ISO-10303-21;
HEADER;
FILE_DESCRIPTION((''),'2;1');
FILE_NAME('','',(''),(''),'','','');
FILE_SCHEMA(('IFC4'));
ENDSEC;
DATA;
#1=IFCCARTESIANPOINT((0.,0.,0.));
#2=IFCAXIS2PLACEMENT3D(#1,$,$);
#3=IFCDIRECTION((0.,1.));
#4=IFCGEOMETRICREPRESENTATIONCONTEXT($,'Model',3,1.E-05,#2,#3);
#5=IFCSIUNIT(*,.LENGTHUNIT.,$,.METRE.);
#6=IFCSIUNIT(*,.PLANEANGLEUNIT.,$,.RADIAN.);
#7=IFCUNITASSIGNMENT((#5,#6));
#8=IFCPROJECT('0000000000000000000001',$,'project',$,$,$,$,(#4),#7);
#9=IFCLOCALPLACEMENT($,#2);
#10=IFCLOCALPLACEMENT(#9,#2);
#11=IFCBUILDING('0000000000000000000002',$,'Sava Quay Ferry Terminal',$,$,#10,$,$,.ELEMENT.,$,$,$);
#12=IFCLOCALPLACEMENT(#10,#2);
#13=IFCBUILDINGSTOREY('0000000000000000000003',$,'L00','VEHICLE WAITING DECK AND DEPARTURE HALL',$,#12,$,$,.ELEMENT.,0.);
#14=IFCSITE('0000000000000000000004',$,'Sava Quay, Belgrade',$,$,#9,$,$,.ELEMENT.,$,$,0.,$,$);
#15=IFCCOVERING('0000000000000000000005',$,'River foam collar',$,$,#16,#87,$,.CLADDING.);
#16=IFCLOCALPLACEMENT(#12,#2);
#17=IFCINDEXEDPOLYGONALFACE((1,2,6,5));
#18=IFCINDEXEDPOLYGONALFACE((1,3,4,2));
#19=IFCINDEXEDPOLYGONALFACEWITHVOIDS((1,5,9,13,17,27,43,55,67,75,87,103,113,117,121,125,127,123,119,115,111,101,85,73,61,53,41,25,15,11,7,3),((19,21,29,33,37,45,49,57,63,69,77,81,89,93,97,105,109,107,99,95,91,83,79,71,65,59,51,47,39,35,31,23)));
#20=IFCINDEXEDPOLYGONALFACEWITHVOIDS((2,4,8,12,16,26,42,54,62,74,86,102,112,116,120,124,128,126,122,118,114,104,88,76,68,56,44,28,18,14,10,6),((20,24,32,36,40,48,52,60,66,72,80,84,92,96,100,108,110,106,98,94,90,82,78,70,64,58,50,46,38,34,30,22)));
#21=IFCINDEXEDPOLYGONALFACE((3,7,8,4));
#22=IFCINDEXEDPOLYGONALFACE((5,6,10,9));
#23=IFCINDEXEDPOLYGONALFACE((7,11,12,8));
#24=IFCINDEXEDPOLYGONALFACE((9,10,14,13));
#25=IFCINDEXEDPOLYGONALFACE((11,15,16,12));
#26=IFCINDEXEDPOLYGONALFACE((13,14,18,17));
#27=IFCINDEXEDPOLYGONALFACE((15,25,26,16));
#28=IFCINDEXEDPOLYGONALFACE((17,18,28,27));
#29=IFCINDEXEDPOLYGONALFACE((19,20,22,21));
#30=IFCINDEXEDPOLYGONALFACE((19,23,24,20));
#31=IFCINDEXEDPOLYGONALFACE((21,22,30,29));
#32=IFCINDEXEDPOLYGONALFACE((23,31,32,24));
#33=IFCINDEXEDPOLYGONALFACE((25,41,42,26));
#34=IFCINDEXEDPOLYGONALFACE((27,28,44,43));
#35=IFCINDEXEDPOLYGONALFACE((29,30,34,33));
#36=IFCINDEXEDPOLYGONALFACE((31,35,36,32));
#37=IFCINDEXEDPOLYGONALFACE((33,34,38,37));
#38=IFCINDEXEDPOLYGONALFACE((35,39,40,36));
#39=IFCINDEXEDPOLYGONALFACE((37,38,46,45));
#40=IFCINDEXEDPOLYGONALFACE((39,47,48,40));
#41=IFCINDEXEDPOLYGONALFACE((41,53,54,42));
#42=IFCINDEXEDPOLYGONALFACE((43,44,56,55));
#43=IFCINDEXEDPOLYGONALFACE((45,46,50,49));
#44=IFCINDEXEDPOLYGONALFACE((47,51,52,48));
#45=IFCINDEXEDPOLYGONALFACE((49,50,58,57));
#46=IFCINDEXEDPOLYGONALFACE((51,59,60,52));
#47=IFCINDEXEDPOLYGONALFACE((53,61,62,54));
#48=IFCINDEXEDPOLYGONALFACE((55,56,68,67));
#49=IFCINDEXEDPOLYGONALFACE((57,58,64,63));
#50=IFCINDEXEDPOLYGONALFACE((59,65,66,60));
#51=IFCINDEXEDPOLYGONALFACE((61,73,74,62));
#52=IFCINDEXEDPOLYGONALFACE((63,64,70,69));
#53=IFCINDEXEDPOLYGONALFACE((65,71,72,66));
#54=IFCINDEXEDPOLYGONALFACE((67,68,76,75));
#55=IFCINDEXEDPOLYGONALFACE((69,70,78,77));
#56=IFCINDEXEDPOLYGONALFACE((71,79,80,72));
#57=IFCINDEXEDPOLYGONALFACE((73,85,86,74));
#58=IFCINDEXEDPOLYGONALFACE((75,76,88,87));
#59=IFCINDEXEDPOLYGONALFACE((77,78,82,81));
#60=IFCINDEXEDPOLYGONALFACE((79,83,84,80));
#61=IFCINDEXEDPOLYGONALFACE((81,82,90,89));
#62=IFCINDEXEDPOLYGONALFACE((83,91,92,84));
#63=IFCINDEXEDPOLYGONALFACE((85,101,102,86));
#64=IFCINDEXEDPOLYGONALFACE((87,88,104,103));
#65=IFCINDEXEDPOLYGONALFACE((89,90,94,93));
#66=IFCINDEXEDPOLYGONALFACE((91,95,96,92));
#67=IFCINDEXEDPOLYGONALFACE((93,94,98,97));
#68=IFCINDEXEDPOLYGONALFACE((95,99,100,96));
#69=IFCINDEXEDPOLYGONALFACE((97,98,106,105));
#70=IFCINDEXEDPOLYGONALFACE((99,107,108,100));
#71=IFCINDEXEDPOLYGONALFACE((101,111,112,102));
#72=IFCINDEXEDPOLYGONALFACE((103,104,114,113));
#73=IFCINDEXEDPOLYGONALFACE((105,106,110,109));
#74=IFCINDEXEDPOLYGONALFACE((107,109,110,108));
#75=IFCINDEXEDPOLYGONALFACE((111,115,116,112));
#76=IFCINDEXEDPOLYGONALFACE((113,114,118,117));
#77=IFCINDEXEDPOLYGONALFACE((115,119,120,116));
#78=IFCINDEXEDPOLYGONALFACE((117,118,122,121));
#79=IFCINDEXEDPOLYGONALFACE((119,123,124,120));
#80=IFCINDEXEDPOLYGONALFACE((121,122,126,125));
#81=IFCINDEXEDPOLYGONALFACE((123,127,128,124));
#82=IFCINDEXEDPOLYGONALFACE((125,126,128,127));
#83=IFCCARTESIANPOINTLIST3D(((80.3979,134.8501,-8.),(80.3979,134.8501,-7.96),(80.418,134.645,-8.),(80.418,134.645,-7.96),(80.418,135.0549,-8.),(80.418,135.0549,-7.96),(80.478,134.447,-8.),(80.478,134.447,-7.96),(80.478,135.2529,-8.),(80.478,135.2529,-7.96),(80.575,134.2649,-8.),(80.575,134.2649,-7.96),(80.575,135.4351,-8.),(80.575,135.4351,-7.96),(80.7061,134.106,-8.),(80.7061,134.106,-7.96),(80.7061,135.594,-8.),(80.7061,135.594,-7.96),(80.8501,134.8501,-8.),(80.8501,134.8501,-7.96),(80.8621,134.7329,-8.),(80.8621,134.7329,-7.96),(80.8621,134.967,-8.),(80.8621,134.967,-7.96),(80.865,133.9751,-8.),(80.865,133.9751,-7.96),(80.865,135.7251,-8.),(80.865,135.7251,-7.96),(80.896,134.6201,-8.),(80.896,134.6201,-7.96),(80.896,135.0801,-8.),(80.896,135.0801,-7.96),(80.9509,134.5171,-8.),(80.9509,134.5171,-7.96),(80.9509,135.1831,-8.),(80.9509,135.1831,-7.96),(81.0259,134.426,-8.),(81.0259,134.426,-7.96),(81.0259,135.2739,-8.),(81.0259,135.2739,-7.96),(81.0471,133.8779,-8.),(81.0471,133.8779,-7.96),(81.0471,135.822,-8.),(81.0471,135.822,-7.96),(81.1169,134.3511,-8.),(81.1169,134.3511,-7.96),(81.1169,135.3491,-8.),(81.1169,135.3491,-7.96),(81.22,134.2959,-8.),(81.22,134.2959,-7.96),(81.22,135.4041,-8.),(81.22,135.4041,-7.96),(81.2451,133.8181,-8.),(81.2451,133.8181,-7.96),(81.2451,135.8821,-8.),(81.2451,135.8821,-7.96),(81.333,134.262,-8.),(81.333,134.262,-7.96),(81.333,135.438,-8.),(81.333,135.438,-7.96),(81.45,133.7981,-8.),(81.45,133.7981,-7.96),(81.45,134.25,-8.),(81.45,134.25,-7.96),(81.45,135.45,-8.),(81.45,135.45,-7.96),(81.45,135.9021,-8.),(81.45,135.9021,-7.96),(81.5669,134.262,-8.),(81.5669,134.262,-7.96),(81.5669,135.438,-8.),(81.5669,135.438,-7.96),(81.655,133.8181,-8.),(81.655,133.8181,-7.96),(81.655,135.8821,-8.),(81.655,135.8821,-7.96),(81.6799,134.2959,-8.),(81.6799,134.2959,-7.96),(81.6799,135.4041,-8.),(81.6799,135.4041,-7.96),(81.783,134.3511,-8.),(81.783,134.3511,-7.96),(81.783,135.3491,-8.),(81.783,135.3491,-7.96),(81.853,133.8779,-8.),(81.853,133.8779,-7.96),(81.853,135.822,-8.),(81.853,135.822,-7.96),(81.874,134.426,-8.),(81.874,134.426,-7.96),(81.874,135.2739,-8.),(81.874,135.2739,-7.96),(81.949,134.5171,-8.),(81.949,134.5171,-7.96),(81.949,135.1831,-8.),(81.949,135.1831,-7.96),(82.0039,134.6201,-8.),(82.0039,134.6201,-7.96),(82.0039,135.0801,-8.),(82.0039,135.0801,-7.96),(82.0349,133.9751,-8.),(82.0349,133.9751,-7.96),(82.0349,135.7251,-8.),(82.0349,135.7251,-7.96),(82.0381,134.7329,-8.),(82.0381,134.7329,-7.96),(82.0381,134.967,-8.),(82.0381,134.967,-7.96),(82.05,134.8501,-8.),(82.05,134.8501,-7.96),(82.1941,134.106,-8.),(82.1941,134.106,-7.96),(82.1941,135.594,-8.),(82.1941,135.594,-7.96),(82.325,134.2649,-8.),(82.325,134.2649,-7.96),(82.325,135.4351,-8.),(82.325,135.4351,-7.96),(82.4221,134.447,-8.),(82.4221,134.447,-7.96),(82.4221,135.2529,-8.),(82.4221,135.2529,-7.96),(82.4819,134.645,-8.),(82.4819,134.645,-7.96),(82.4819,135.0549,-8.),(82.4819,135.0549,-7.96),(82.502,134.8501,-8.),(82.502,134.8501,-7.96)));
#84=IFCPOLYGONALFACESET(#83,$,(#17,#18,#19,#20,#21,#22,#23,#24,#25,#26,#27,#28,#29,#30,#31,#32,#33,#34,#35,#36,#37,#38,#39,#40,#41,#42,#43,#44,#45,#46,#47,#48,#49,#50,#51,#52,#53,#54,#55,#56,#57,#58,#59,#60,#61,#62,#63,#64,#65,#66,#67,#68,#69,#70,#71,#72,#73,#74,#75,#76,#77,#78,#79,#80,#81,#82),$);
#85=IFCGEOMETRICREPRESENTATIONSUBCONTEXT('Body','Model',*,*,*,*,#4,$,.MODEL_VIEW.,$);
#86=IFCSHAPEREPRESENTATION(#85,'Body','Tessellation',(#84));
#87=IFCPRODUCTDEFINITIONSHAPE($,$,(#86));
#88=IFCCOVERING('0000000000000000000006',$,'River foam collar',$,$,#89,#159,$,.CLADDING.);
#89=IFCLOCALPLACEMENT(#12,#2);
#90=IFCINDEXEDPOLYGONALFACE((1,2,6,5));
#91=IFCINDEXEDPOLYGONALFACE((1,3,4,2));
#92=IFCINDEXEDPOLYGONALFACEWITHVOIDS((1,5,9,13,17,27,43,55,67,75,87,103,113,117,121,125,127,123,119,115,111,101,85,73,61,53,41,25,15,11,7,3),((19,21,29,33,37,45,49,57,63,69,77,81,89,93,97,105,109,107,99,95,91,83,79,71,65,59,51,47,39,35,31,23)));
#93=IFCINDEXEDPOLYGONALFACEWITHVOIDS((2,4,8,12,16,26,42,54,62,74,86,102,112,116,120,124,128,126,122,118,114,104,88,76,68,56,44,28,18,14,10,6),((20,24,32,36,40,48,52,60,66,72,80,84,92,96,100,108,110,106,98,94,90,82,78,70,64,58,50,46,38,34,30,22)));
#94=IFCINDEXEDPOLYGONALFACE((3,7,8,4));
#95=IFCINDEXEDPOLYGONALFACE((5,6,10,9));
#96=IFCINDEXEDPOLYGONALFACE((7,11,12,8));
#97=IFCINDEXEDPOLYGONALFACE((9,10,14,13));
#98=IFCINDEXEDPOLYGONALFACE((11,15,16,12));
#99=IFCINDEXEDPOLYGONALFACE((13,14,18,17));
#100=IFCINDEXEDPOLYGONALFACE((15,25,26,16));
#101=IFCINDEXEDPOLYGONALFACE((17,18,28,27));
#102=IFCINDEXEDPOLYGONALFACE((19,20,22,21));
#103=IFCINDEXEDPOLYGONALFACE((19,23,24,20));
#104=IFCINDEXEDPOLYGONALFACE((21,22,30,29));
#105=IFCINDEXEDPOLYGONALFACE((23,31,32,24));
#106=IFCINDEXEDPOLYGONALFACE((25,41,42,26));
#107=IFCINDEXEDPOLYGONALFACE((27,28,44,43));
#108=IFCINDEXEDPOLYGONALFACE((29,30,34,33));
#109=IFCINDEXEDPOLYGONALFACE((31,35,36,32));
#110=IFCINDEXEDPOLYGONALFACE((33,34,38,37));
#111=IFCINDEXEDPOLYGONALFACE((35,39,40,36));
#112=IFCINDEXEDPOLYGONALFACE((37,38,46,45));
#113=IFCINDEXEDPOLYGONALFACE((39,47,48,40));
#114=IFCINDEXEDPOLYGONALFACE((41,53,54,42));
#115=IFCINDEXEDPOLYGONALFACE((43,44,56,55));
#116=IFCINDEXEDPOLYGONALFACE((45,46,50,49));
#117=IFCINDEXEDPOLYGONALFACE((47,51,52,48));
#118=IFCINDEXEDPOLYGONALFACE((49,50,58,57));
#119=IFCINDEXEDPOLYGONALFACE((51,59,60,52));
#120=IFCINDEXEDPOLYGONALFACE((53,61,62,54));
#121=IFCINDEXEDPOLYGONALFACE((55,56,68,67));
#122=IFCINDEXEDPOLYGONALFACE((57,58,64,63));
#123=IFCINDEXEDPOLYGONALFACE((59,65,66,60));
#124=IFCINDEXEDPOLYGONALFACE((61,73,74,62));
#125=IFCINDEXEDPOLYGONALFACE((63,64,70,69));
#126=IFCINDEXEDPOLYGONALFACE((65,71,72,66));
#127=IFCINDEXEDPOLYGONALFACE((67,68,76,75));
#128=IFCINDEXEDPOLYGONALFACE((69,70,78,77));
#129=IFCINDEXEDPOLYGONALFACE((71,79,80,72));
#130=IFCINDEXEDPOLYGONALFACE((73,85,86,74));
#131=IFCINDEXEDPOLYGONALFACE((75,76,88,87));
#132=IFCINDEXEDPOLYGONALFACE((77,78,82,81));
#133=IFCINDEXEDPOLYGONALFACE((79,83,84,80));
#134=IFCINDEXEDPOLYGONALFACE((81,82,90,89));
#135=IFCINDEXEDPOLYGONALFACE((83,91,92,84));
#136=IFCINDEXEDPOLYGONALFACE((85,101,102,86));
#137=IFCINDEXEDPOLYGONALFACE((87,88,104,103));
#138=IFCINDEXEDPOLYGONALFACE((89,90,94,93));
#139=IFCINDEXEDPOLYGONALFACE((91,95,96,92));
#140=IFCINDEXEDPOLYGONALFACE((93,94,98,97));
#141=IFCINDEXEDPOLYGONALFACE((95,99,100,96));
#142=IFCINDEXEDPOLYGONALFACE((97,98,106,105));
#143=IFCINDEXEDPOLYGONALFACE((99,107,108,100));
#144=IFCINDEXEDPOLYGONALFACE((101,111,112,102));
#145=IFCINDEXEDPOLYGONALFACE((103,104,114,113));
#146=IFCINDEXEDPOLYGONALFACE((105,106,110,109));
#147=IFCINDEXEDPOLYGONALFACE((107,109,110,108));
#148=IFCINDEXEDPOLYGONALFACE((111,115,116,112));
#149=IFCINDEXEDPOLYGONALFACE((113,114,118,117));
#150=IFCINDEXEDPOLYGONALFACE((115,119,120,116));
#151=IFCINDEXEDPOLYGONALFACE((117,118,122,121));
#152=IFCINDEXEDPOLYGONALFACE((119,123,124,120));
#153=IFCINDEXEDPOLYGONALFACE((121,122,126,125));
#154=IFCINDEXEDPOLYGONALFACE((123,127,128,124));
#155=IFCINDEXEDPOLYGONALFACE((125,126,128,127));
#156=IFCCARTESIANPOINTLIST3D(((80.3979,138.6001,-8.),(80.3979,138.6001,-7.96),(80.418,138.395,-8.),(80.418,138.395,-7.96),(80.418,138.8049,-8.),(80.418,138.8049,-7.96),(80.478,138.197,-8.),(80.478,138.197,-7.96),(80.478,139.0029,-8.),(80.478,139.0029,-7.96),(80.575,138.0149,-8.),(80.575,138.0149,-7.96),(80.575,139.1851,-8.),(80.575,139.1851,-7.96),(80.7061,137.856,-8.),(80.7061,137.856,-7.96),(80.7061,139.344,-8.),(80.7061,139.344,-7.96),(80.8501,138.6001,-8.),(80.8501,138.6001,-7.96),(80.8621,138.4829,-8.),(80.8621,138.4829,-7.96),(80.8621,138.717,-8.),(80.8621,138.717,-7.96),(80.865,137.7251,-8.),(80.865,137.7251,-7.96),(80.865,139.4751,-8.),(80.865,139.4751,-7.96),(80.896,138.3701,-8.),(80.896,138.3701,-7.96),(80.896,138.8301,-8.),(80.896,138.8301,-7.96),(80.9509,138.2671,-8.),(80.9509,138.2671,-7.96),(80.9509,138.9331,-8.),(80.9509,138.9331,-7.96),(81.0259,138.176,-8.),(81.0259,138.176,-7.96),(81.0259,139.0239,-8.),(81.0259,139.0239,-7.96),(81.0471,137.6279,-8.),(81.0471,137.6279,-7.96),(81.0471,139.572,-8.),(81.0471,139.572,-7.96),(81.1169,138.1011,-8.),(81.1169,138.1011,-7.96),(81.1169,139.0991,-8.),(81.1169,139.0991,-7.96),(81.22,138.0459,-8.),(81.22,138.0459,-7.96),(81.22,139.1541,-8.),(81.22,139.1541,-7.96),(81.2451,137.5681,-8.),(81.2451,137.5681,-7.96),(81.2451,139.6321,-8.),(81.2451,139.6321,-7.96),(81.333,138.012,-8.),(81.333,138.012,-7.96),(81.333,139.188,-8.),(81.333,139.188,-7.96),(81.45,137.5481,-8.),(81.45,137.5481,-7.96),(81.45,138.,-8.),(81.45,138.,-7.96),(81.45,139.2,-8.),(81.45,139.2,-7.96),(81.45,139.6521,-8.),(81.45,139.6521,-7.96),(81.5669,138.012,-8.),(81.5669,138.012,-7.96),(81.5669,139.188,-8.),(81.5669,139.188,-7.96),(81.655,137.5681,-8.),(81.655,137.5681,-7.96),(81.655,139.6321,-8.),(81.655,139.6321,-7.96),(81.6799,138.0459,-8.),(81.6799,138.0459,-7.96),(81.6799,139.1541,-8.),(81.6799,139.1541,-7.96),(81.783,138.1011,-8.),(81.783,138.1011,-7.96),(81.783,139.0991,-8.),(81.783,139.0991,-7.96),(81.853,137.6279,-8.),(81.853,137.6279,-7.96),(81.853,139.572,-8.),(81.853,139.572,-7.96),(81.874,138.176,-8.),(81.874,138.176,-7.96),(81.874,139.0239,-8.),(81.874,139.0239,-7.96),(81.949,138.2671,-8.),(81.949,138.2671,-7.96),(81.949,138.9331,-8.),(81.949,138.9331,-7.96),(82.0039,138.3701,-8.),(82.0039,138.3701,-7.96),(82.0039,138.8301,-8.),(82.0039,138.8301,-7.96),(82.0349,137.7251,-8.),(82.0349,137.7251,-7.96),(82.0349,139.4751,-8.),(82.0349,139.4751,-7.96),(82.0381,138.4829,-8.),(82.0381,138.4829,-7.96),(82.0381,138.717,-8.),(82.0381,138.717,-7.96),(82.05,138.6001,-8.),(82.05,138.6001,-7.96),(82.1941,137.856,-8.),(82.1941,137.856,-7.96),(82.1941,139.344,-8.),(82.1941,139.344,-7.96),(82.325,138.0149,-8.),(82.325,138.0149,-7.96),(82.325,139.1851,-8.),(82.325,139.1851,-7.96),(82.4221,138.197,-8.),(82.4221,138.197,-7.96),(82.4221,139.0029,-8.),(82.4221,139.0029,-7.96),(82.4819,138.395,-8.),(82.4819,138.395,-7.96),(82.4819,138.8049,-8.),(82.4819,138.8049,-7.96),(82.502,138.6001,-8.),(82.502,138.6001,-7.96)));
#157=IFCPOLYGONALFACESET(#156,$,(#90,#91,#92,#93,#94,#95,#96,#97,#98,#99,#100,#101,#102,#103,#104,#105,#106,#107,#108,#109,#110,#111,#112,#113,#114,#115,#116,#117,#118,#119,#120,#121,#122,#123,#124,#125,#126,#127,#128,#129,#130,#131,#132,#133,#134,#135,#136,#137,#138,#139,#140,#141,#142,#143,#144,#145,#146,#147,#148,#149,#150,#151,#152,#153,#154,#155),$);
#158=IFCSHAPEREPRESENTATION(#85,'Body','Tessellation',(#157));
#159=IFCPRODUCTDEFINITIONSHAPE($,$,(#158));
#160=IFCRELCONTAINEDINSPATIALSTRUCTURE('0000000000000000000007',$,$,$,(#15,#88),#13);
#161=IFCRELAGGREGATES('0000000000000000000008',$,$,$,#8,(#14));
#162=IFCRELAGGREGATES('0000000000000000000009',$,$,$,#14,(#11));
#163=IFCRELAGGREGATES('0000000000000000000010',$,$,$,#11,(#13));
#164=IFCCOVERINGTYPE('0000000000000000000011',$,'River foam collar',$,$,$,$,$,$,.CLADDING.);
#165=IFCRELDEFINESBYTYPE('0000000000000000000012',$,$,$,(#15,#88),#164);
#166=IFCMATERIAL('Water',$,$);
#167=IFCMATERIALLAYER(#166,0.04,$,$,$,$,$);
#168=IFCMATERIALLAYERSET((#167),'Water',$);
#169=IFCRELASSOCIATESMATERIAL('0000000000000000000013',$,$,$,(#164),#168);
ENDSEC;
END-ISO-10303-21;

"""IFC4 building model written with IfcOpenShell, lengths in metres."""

from ifc_helpers import new_model, si_unit, direction, frame, origin, place, context, subcontext, project, spatial, polyline, outline, extrude, material, layer, layer_set, type_object, element, save


model = new_model("IFC4")

# Units and contexts
model_context = context("Model", 3, precision=1e-05, world=origin(), true_north=direction((0.0, 1.0)))
body_context = subcontext(model_context, "Body", "Model", "MODEL_VIEW")
ifc_project = project(units=[si_unit("LENGTHUNIT", "METRE"), si_unit("PLANEANGLEUNIT", "RADIAN")], contexts=[model_context])

# Site, building, storey
site_placement = place(None, origin())
site = spatial("IfcSite", under=ifc_project, at=site_placement, Name="Sava Quay, Belgrade", CompositionType="ELEMENT", RefElevation=0.0)
building_placement = place(site_placement, origin())
building = spatial("IfcBuilding", under=site, at=building_placement, Name="Sava Quay Ferry Terminal", CompositionType="ELEMENT")
storey_placement = place(building_placement, origin())
storey = spatial("IfcBuildingStorey", under=building, at=storey_placement, Name="L00", Description="VEHICLE WAITING DECK AND DEPARTURE HALL", CompositionType="ELEMENT", Elevation=0.0)

# Coverings
ifc_material = material(Name="Water")
ifc_layer = layer(ifc_material, 0.04)
ifc_layer_set = layer_set([ifc_layer], Name="Water")
covering_type = type_object("IfcCoveringType", Name="River foam collar", PredefinedType="CLADDING", material=ifc_layer_set)
covering_1_placement = place(storey_placement, frame((0.0, 0.0, -8.0)))
element("IfcCovering", 1, at=covering_1_placement, inside=storey, type_object=covering_type, Name="River foam collar", PredefinedType="CLADDING", context=body_context, shape_type="SweptSolid", body=[
    extrude(outline(polyline([(82.4221, 134.447), (82.4819, 134.645), (82.502, 134.8501), (82.4819, 135.0549), (82.4221, 135.2529), (82.325, 135.4351), (82.1941, 135.594), (82.0349, 135.7251), (81.853, 135.822), (81.655, 135.8821), (81.45, 135.9021), (81.2451, 135.8821), (81.0471, 135.822), (80.865, 135.7251), (80.7061, 135.594), (80.575, 135.4351), (80.478, 135.2529), (80.418, 135.0549), (80.3979, 134.8501), (80.418, 134.645), (80.478, 134.447), (80.575, 134.2649), (80.7061, 134.106), (80.865, 133.9751), (81.0471, 133.8779), (81.2451, 133.8181), (81.45, 133.7981), (81.655, 133.8181), (81.853, 133.8779), (82.0349, 133.9751), (82.1941, 134.106), (82.325, 134.2649), (82.4221, 134.447)]), holes=[polyline([(82.0039, 135.0801), (82.0381, 134.967), (82.05, 134.8501), (82.0381, 134.7329), (82.0039, 134.6201), (81.949, 134.5171), (81.874, 134.426), (81.783, 134.3511), (81.6799, 134.2959), (81.5669, 134.262), (81.45, 134.25), (81.333, 134.262), (81.22, 134.2959), (81.1169, 134.3511), (81.0259, 134.426), (80.9509, 134.5171), (80.896, 134.6201), (80.8621, 134.7329), (80.8501, 134.8501), (80.8621, 134.967), (80.896, 135.0801), (80.9509, 135.1831), (81.0259, 135.2739), (81.1169, 135.3491), (81.22, 135.4041), (81.333, 135.438), (81.45, 135.45), (81.5669, 135.438), (81.6799, 135.4041), (81.783, 135.3491), (81.874, 135.2739), (81.949, 135.1831), (82.0039, 135.0801)])]), origin(), (0.0, 0.0, 1.0), 0.04),
])
covering_2_placement = place(storey_placement, frame((0.0, 0.0, -8.0)))
element("IfcCovering", 2, at=covering_2_placement, inside=storey, type_object=covering_type, Name="River foam collar", PredefinedType="CLADDING", context=body_context, shape_type="SweptSolid", body=[
    extrude(outline(polyline([(82.325, 138.0149), (82.4221, 138.197), (82.4819, 138.395), (82.502, 138.6001), (82.4819, 138.8049), (82.4221, 139.0029), (82.325, 139.1851), (82.1941, 139.344), (82.0349, 139.4751), (81.853, 139.572), (81.655, 139.6321), (81.45, 139.6521), (81.2451, 139.6321), (81.0471, 139.572), (80.865, 139.4751), (80.7061, 139.344), (80.575, 139.1851), (80.478, 139.0029), (80.418, 138.8049), (80.3979, 138.6001), (80.418, 138.395), (80.478, 138.197), (80.575, 138.0149), (80.7061, 137.856), (80.865, 137.7251), (81.0471, 137.6279), (81.2451, 137.5681), (81.45, 137.5481), (81.655, 137.5681), (81.853, 137.6279), (82.0349, 137.7251), (82.1941, 137.856), (82.325, 138.0149)]), holes=[polyline([(81.949, 138.9331), (82.0039, 138.8301), (82.0381, 138.717), (82.05, 138.6001), (82.0381, 138.4829), (82.0039, 138.3701), (81.949, 138.2671), (81.874, 138.176), (81.783, 138.1011), (81.6799, 138.0459), (81.5669, 138.012), (81.45, 138.0), (81.333, 138.012), (81.22, 138.0459), (81.1169, 138.1011), (81.0259, 138.176), (80.9509, 138.2671), (80.896, 138.3701), (80.8621, 138.4829), (80.8501, 138.6001), (80.8621, 138.717), (80.896, 138.8301), (80.9509, 138.9331), (81.0259, 139.0239), (81.1169, 139.0991), (81.22, 139.1541), (81.333, 139.188), (81.45, 139.2), (81.5669, 139.188), (81.6799, 139.1541), (81.783, 139.0991), (81.874, 139.0239), (81.949, 138.9331)])]), origin(), (0.0, 0.0, 1.0), 0.04),
])

save(model, "model.ifc")
